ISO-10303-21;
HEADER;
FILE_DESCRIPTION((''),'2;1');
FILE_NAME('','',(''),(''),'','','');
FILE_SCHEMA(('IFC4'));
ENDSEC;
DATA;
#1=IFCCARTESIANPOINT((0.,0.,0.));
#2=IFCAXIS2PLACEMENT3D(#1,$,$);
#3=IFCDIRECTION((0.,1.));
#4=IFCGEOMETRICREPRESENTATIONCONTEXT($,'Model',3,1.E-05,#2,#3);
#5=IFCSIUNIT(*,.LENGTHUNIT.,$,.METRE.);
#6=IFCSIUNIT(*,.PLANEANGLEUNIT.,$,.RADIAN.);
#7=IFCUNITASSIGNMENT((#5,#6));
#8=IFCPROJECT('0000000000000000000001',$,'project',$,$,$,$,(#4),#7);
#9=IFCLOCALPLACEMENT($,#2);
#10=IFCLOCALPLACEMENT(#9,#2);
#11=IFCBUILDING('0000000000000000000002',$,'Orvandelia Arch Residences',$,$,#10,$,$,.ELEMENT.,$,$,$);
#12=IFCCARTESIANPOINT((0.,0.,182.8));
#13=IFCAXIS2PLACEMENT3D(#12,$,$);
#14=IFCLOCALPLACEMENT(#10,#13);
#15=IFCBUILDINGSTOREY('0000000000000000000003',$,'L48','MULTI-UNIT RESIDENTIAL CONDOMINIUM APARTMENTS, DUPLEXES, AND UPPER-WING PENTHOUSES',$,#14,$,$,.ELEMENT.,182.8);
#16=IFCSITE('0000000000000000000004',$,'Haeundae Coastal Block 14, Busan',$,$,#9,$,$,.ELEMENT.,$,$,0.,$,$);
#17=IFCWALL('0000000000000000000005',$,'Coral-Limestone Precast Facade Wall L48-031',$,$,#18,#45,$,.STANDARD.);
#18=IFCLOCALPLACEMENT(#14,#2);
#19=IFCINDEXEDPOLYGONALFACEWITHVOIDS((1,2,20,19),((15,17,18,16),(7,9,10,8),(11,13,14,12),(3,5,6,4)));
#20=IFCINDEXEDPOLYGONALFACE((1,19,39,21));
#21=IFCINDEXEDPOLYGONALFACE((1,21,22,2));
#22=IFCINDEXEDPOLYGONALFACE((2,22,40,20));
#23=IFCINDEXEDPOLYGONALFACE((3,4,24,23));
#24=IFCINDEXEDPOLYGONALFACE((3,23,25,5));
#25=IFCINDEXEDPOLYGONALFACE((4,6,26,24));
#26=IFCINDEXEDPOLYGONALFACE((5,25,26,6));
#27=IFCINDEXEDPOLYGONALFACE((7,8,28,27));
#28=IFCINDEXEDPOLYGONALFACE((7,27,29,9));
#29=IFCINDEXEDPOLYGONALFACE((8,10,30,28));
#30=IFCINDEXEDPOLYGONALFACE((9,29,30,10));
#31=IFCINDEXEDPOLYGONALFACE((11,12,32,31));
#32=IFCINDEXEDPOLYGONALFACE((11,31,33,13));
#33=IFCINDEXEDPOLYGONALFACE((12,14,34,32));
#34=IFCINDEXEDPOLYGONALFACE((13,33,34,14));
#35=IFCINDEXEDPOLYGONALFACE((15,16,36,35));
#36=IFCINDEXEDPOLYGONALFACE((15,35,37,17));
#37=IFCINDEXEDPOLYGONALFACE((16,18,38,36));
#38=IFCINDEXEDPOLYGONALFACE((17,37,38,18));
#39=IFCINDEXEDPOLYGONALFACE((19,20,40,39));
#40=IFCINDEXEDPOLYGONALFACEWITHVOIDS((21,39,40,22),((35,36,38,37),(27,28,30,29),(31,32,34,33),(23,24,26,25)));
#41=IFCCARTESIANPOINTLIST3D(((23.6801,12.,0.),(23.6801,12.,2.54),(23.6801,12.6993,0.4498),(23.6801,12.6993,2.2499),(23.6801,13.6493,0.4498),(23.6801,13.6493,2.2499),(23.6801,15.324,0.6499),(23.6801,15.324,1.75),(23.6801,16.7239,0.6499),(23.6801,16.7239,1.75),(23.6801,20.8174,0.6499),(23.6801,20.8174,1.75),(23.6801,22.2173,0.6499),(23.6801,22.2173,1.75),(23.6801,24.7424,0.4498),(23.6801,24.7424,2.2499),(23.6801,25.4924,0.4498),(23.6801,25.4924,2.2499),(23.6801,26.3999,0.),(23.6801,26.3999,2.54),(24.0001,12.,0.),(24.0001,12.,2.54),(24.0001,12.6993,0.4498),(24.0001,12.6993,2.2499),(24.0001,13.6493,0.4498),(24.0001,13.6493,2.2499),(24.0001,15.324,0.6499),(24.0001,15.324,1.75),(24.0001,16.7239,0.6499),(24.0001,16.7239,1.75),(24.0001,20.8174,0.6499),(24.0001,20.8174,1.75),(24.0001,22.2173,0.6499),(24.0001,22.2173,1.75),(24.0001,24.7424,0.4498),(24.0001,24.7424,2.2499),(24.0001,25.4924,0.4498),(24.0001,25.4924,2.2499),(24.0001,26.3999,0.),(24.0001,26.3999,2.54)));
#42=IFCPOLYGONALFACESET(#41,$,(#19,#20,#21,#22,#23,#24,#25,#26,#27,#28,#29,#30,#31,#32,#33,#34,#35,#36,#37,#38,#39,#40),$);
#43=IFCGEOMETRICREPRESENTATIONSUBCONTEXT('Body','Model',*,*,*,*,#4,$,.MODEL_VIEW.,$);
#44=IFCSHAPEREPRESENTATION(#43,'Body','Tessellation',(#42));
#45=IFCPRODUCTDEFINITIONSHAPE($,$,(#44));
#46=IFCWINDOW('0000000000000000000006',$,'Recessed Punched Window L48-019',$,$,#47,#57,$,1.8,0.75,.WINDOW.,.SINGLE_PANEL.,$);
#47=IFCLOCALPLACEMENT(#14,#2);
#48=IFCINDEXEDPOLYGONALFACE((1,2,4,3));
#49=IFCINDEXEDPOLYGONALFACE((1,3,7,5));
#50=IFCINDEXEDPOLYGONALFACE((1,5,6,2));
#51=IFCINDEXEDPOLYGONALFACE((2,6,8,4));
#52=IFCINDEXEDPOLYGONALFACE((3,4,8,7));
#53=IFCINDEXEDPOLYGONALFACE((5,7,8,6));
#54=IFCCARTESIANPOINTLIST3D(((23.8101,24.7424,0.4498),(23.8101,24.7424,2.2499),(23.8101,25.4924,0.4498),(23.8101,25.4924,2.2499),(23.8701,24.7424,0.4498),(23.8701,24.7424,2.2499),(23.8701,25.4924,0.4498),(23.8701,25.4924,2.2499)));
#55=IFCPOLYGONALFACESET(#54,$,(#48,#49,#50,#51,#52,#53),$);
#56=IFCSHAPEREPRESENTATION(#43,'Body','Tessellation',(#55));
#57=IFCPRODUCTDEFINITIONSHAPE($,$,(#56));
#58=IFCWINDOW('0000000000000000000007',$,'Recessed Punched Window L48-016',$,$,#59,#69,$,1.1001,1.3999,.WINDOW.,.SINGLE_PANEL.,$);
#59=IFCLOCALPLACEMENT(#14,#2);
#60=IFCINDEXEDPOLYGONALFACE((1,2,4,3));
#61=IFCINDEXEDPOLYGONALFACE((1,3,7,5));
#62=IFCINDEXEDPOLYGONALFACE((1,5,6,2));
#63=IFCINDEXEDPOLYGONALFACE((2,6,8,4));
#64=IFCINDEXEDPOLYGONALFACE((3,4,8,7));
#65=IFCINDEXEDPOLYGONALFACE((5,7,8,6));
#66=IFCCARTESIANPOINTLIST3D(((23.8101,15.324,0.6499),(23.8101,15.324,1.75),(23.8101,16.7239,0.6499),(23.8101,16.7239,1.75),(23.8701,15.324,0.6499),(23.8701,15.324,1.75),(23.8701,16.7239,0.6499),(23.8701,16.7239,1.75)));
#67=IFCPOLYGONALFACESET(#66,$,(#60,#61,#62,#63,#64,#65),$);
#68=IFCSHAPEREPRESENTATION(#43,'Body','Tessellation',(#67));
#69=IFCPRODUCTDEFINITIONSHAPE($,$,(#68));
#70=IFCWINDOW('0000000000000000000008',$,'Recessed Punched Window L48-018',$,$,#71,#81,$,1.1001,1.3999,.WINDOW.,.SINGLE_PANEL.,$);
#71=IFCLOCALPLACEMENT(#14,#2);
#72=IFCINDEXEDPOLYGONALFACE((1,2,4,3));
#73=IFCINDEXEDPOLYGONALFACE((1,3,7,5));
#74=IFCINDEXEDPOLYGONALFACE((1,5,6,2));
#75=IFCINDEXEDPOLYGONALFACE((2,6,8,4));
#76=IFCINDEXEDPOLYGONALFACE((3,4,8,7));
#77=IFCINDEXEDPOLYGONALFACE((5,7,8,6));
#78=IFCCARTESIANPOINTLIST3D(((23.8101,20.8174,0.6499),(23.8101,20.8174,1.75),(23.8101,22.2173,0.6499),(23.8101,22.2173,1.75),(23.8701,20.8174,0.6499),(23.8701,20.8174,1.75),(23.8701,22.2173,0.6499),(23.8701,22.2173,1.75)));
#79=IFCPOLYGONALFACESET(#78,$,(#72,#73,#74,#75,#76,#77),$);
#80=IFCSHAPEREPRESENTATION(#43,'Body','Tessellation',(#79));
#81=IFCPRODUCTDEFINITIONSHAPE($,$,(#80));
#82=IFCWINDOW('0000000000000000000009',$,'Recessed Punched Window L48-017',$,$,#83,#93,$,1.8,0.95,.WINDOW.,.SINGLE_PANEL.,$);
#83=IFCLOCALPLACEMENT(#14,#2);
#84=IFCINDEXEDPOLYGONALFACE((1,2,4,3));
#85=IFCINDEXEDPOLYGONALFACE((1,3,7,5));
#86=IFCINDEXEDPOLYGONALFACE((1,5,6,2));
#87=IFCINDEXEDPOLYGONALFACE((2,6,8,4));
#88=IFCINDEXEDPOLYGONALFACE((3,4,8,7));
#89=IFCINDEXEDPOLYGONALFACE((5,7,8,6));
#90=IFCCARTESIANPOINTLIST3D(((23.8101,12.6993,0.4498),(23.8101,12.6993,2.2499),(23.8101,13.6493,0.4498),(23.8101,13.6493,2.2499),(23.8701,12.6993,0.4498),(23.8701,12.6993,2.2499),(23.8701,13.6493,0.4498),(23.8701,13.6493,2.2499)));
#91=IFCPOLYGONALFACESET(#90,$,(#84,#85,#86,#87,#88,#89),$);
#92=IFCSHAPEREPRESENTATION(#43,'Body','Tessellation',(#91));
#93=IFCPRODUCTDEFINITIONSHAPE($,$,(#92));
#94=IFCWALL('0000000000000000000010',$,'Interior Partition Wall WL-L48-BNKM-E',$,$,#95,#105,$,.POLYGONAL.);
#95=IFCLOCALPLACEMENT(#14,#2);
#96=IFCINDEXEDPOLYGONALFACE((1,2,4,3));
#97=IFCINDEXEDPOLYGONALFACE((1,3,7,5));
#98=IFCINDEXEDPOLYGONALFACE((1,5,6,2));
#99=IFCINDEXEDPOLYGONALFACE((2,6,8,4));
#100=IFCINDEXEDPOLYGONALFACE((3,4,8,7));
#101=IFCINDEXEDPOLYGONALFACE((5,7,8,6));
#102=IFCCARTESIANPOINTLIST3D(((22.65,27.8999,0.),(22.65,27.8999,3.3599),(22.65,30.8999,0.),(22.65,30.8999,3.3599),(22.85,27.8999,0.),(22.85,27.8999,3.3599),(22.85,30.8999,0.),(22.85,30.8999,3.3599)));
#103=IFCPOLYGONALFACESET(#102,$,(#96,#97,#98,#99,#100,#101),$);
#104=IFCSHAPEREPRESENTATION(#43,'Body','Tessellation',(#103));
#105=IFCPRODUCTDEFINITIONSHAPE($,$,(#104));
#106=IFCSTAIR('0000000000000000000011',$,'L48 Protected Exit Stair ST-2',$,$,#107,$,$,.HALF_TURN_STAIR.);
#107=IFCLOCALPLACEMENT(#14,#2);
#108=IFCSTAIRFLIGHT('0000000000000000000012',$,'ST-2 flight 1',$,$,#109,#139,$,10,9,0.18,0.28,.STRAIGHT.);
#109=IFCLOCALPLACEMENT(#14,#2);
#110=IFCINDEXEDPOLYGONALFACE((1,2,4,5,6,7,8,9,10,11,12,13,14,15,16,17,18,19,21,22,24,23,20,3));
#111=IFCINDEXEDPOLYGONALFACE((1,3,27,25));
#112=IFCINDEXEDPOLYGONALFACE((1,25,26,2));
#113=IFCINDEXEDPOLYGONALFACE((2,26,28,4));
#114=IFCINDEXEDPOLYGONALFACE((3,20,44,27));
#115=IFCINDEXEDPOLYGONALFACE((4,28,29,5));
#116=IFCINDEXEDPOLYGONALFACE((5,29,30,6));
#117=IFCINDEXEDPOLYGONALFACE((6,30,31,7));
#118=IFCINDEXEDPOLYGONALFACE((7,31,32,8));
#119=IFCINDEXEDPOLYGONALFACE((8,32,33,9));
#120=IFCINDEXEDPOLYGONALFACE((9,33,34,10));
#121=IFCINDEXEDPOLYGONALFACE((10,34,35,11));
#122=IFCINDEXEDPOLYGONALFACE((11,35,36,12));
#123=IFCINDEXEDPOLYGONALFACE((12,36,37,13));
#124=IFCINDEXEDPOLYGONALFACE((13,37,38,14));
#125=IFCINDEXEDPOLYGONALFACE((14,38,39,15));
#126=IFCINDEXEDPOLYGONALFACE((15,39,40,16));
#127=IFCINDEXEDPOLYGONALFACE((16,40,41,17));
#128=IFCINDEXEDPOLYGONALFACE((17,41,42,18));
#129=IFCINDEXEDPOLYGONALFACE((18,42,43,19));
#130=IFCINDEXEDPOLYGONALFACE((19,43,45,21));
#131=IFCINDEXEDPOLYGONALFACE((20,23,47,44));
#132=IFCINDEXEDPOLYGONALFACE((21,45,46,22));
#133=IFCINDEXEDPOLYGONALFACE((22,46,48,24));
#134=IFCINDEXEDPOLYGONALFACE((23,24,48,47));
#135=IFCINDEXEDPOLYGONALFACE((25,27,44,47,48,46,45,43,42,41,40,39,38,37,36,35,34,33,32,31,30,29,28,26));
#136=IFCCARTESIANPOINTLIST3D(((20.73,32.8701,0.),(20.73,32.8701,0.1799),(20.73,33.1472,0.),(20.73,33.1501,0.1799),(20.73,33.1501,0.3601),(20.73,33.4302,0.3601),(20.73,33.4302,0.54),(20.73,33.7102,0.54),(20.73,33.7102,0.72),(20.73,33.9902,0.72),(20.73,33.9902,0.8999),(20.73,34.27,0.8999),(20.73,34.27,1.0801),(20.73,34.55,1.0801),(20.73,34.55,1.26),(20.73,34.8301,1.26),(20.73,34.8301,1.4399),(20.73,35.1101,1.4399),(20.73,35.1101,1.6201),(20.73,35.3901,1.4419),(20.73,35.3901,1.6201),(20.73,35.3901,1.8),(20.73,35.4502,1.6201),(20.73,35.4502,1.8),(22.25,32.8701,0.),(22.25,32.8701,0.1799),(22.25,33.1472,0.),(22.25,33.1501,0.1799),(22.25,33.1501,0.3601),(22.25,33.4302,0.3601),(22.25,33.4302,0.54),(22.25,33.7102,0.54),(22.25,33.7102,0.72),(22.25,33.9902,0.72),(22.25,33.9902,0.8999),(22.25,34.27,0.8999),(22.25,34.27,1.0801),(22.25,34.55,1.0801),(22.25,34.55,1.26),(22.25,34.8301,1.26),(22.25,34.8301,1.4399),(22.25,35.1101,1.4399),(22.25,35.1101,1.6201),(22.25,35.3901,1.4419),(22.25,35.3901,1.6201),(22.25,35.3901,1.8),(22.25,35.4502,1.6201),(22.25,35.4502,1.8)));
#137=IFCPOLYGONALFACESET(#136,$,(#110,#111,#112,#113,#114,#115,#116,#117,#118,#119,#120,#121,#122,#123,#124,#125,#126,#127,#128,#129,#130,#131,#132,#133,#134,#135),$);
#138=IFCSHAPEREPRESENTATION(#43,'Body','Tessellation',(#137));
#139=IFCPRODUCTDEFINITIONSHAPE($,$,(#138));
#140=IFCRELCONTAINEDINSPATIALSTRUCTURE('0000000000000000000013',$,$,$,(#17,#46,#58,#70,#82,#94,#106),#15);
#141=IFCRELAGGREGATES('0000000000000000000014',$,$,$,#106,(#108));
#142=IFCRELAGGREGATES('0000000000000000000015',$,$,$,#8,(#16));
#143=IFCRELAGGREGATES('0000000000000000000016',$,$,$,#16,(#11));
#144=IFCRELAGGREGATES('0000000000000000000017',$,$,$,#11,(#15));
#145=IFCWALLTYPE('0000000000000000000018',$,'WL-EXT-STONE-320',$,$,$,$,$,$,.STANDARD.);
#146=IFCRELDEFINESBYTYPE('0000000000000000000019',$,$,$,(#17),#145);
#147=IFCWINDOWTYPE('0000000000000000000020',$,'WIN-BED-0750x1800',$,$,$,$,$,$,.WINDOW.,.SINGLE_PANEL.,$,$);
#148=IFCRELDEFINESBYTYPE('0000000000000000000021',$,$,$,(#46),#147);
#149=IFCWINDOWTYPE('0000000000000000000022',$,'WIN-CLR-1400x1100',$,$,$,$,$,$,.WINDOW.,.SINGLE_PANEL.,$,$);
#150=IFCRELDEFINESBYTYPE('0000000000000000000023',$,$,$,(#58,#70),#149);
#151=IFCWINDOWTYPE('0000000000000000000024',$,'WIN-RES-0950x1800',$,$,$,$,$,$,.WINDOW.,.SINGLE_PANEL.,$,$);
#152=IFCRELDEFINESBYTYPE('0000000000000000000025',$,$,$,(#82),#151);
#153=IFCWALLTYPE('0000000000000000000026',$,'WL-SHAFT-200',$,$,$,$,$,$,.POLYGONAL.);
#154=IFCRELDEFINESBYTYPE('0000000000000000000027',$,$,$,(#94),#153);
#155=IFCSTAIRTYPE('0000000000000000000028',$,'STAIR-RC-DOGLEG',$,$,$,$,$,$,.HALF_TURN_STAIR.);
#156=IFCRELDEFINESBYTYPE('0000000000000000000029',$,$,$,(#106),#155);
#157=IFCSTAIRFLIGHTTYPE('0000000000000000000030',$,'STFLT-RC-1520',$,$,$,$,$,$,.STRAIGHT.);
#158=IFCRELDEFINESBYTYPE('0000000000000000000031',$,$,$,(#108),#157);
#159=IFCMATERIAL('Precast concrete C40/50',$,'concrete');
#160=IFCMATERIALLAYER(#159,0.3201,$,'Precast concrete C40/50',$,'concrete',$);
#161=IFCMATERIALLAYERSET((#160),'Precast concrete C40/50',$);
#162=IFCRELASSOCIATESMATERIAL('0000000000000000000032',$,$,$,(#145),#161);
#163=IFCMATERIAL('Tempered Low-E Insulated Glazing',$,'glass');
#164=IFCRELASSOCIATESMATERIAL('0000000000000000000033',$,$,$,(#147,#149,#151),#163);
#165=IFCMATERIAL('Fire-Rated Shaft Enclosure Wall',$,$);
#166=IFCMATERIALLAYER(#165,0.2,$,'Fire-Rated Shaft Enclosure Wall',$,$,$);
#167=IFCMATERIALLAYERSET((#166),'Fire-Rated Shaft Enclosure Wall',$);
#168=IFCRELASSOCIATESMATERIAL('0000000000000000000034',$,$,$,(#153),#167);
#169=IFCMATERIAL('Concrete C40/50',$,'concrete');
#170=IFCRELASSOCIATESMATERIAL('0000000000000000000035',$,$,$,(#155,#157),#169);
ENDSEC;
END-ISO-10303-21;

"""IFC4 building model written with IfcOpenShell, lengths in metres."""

from ifc_helpers import new_model, si_unit, direction, frame, frame_2d, origin, place, context, subcontext, project, spatial, polyline, rectangle, outline, extrude, material, layer, layer_set, type_object, element, fill, aggregate, save


model = new_model("IFC4")

# Units and contexts
model_context = context("Model", 3, precision=1e-05, world=origin(), true_north=direction((0.0, 1.0)))
body_context = subcontext(model_context, "Body", "Model", "MODEL_VIEW")
ifc_project = project(units=[si_unit("LENGTHUNIT", "METRE"), si_unit("PLANEANGLEUNIT", "RADIAN")], contexts=[model_context])

# Site, building, storey
site_placement = place(None, origin())
site = spatial("IfcSite", under=ifc_project, at=site_placement, Name="Haeundae Coastal Block 14, Busan", CompositionType="ELEMENT", RefElevation=0.0)
building_placement = place(site_placement, origin())
building = spatial("IfcBuilding", under=site, at=building_placement, Name="Orvandelia Arch Residences", CompositionType="ELEMENT")
storey_placement = place(building_placement, frame((0.0, 0.0, 182.8)))
storey = spatial("IfcBuildingStorey", under=building, at=storey_placement, Name="L48", Description="MULTI-UNIT RESIDENTIAL CONDOMINIUM APARTMENTS, DUPLEXES, AND UPPER-WING PENTHOUSES", CompositionType="ELEMENT", Elevation=182.8)

# Shared definitions
ifc_material_1 = material(Name="Precast concrete C40/50", Category="concrete")
ifc_layer_1 = layer(ifc_material_1, 0.3201, Name="Precast concrete C40/50", Category="concrete")
ifc_layer_set_1 = layer_set([ifc_layer_1], Name="Precast concrete C40/50")
wall_type_1 = type_object("IfcWallType", Name="WL-EXT-STONE-320", PredefinedType="STANDARD", material=ifc_layer_set_1)

# Wall, openings, windows
wall_1_placement = place(storey_placement, frame((23.8401, 26.3999, 0.0), z_axis=(0.0, 0.0, 1.0), x_axis=(0.0, -1.0, 0.0)))
wall_1 = element("IfcWall", 1, at=wall_1_placement, inside=storey, type_object=wall_type_1, Name="Coral-Limestone Precast Facade Wall L48-031", PredefinedType="STANDARD", context=body_context, shape_type="SweptSolid", body=[
    extrude(rectangle(XDim=14.3999, YDim=0.3201, at=frame_2d((7.2, 0.0))), origin(), (0.0, 0.0, 1.0), 2.54),
])
opening_1_placement = place(wall_1_placement, frame((9.676, 0.0, 0.6499)))
opening_1 = element("IfcOpeningElement", 2, at=opening_1_placement, cuts=wall_1, PredefinedType="OPENING", context=body_context, shape_type="SweptSolid", body=[
    extrude(rectangle(XDim=1.3999, YDim=1.1001, at=frame_2d((0.7, 0.55))), frame((0.0, 0.1699, 0.0), z_axis=(0.0, -1.0, 0.0), x_axis=(1.0, 0.0, 0.0)), (0.0, 0.0, 1.0), 0.3401),
])
opening_2_placement = place(wall_1_placement, frame((12.7505, 0.0, 0.45)))
opening_2 = element("IfcOpeningElement", 3, at=opening_2_placement, cuts=wall_1, PredefinedType="OPENING", context=body_context, shape_type="SweptSolid", body=[
    extrude(rectangle(XDim=0.95, YDim=1.8, at=frame_2d((0.4751, 0.8999))), frame((0.0, 0.1699, 0.0), z_axis=(0.0, -1.0, 0.0), x_axis=(1.0, 0.0, 0.0)), (0.0, 0.0, 1.0), 0.3401),
])
opening_3_placement = place(wall_1_placement, frame((4.1826, 0.0, 0.6499)))
opening_3 = element("IfcOpeningElement", 4, at=opening_3_placement, cuts=wall_1, PredefinedType="OPENING", context=body_context, shape_type="SweptSolid", body=[
    extrude(rectangle(XDim=1.3999, YDim=1.1001, at=frame_2d((0.7, 0.55))), frame((0.0, 0.1699, 0.0), z_axis=(0.0, -1.0, 0.0), x_axis=(1.0, 0.0, 0.0)), (0.0, 0.0, 1.0), 0.3401),
])
opening_4_placement = place(wall_1_placement, frame((0.9075, 0.0, 0.45)))
opening_4 = element("IfcOpeningElement", 5, at=opening_4_placement, cuts=wall_1, PredefinedType="OPENING", context=body_context, shape_type="SweptSolid", body=[
    extrude(rectangle(XDim=0.75, YDim=1.8, at=frame_2d((0.375, 0.8999))), frame((0.0, 0.1699, 0.0), z_axis=(0.0, -1.0, 0.0), x_axis=(1.0, 0.0, 0.0)), (0.0, 0.0, 1.0), 0.3401),
])
ifc_material_2 = material(Name="Tempered Low-E Insulated Glazing", Category="glass")
window_type_1 = type_object("IfcWindowType", Name="WIN-BED-0750x1800", PartitioningType="SINGLE_PANEL", PredefinedType="WINDOW", material=ifc_material_2)
window_1_placement = place(opening_4_placement, origin())
window_1 = element("IfcWindow", 6, at=window_1_placement, inside=storey, type_object=window_type_1, Name="Recessed Punched Window L48-019", OverallHeight=1.8, OverallWidth=0.75, PartitioningType="SINGLE_PANEL", PredefinedType="WINDOW", context=body_context, shape_type="SweptSolid", body=[
    extrude(rectangle(XDim=0.75, YDim=1.8, at=frame_2d((0.375, 0.8999))), frame((0.0, 0.03, 0.0), z_axis=(0.0, -1.0, 0.0), x_axis=(1.0, 0.0, 0.0)), (0.0, 0.0, 1.0), 0.0601),
])
fill(opening_4, window_1)
window_type_2 = type_object("IfcWindowType", Name="WIN-CLR-1400x1100", PartitioningType="SINGLE_PANEL", PredefinedType="WINDOW", material=ifc_material_2)
window_2_placement = place(opening_1_placement, origin())
window_2 = element("IfcWindow", 7, at=window_2_placement, inside=storey, type_object=window_type_2, Name="Recessed Punched Window L48-016", OverallHeight=1.1001, OverallWidth=1.3999, PartitioningType="SINGLE_PANEL", PredefinedType="WINDOW", context=body_context, shape_type="SweptSolid", body=[
    extrude(rectangle(XDim=1.3999, YDim=1.1001, at=frame_2d((0.7, 0.55))), frame((0.0, 0.03, 0.0), z_axis=(0.0, -1.0, 0.0), x_axis=(1.0, 0.0, 0.0)), (0.0, 0.0, 1.0), 0.0601),
])
fill(opening_1, window_2)
window_3_placement = place(opening_3_placement, origin())
window_3 = element("IfcWindow", 8, at=window_3_placement, inside=storey, type_object=window_type_2, Name="Recessed Punched Window L48-018", OverallHeight=1.1001, OverallWidth=1.3999, PartitioningType="SINGLE_PANEL", PredefinedType="WINDOW", context=body_context, shape_type="SweptSolid", body=[
    extrude(rectangle(XDim=1.3999, YDim=1.1001, at=frame_2d((0.7, 0.55))), frame((0.0, 0.03, 0.0), z_axis=(0.0, -1.0, 0.0), x_axis=(1.0, 0.0, 0.0)), (0.0, 0.0, 1.0), 0.0601),
])
fill(opening_3, window_3)
window_type_3 = type_object("IfcWindowType", Name="WIN-RES-0950x1800", PartitioningType="SINGLE_PANEL", PredefinedType="WINDOW", material=ifc_material_2)
window_4_placement = place(opening_2_placement, origin())
window_4 = element("IfcWindow", 9, at=window_4_placement, inside=storey, type_object=window_type_3, Name="Recessed Punched Window L48-017", OverallHeight=1.8, OverallWidth=0.95, PartitioningType="SINGLE_PANEL", PredefinedType="WINDOW", context=body_context, shape_type="SweptSolid", body=[
    extrude(rectangle(XDim=0.95, YDim=1.8, at=frame_2d((0.4751, 0.8999))), frame((0.0, 0.03, 0.0), z_axis=(0.0, -1.0, 0.0), x_axis=(1.0, 0.0, 0.0)), (0.0, 0.0, 1.0), 0.0601),
])
fill(opening_2, window_4)

# Wall
ifc_material_3 = material(Name="Fire-Rated Shaft Enclosure Wall")
ifc_layer_2 = layer(ifc_material_3, 0.2, Name="Fire-Rated Shaft Enclosure Wall")
ifc_layer_set_2 = layer_set([ifc_layer_2], Name="Fire-Rated Shaft Enclosure Wall")
wall_type_2 = type_object("IfcWallType", Name="WL-SHAFT-200", PredefinedType="POLYGONAL", material=ifc_layer_set_2)
wall_2_placement = place(storey_placement, frame((22.75, 27.8999, 0.0), z_axis=(0.0, 0.0, 1.0), x_axis=(0.0, 1.0, 0.0)))
element("IfcWall", 10, at=wall_2_placement, inside=storey, type_object=wall_type_2, Name="Interior Partition Wall WL-L48-BNKM-E", PredefinedType="POLYGONAL", context=body_context, shape_type="SweptSolid", body=[
    extrude(rectangle(XDim=3.0, YDim=0.2, at=frame_2d((1.5, 0.0))), origin(), (0.0, 0.0, 1.0), 3.3599),
])

# Stair, stair flight
ifc_material_4 = material(Name="Concrete C40/50", Category="concrete")
stair_type = type_object("IfcStairType", Name="STAIR-RC-DOGLEG", PredefinedType="HALF_TURN_STAIR", material=ifc_material_4)
stair_placement = place(storey_placement, origin())
stair = element("IfcStair", 11, at=stair_placement, inside=storey, type_object=stair_type, Name="L48 Protected Exit Stair ST-2", PredefinedType="HALF_TURN_STAIR")
stair_flight_type = type_object("IfcStairFlightType", Name="STFLT-RC-1520", PredefinedType="STRAIGHT", material=ifc_material_4)
stair_flight_placement = place(storey_placement, frame((21.49, 32.8701, 0.0), z_axis=(0.0, 0.0, 1.0), x_axis=(0.0, 1.0, 0.0)))
stair_flight = element("IfcStairFlight", 12, at=stair_flight_placement, type_object=stair_flight_type, Name="ST-2 flight 1", NumberOfRisers=10, NumberOfTreads=9, PredefinedType="STRAIGHT", RiserHeight=0.18, TreadLength=0.28, context=body_context, shape_type="SweptSolid", body=[
    extrude(outline(polyline([(0.0, 0.0), (0.0, 0.1799), (0.28, 0.1799), (0.28, 0.3601), (0.5601, 0.3601), (0.5601, 0.54), (0.8401, 0.54), (0.8401, 0.72), (1.1201, 0.72), (1.1201, 0.8999), (1.3999, 0.8999), (1.3999, 1.0801), (1.6799, 1.0801), (1.6799, 1.26), (1.96, 1.26), (1.96, 1.4399), (2.24, 1.4399), (2.24, 1.6201), (2.52, 1.6201), (2.52, 1.8), (2.5801, 1.8), (2.5801, 1.6201), (2.52, 1.4419), (0.2771, 0.0), (0.0, 0.0)])), frame((0.0, 0.76, 0.0), z_axis=(0.0, -1.0, 0.0), x_axis=(1.0, 0.0, 0.0)), (0.0, 0.0, 1.0), 1.52),
])
aggregate(stair, [stair_flight])

save(model, "model.ifc")
